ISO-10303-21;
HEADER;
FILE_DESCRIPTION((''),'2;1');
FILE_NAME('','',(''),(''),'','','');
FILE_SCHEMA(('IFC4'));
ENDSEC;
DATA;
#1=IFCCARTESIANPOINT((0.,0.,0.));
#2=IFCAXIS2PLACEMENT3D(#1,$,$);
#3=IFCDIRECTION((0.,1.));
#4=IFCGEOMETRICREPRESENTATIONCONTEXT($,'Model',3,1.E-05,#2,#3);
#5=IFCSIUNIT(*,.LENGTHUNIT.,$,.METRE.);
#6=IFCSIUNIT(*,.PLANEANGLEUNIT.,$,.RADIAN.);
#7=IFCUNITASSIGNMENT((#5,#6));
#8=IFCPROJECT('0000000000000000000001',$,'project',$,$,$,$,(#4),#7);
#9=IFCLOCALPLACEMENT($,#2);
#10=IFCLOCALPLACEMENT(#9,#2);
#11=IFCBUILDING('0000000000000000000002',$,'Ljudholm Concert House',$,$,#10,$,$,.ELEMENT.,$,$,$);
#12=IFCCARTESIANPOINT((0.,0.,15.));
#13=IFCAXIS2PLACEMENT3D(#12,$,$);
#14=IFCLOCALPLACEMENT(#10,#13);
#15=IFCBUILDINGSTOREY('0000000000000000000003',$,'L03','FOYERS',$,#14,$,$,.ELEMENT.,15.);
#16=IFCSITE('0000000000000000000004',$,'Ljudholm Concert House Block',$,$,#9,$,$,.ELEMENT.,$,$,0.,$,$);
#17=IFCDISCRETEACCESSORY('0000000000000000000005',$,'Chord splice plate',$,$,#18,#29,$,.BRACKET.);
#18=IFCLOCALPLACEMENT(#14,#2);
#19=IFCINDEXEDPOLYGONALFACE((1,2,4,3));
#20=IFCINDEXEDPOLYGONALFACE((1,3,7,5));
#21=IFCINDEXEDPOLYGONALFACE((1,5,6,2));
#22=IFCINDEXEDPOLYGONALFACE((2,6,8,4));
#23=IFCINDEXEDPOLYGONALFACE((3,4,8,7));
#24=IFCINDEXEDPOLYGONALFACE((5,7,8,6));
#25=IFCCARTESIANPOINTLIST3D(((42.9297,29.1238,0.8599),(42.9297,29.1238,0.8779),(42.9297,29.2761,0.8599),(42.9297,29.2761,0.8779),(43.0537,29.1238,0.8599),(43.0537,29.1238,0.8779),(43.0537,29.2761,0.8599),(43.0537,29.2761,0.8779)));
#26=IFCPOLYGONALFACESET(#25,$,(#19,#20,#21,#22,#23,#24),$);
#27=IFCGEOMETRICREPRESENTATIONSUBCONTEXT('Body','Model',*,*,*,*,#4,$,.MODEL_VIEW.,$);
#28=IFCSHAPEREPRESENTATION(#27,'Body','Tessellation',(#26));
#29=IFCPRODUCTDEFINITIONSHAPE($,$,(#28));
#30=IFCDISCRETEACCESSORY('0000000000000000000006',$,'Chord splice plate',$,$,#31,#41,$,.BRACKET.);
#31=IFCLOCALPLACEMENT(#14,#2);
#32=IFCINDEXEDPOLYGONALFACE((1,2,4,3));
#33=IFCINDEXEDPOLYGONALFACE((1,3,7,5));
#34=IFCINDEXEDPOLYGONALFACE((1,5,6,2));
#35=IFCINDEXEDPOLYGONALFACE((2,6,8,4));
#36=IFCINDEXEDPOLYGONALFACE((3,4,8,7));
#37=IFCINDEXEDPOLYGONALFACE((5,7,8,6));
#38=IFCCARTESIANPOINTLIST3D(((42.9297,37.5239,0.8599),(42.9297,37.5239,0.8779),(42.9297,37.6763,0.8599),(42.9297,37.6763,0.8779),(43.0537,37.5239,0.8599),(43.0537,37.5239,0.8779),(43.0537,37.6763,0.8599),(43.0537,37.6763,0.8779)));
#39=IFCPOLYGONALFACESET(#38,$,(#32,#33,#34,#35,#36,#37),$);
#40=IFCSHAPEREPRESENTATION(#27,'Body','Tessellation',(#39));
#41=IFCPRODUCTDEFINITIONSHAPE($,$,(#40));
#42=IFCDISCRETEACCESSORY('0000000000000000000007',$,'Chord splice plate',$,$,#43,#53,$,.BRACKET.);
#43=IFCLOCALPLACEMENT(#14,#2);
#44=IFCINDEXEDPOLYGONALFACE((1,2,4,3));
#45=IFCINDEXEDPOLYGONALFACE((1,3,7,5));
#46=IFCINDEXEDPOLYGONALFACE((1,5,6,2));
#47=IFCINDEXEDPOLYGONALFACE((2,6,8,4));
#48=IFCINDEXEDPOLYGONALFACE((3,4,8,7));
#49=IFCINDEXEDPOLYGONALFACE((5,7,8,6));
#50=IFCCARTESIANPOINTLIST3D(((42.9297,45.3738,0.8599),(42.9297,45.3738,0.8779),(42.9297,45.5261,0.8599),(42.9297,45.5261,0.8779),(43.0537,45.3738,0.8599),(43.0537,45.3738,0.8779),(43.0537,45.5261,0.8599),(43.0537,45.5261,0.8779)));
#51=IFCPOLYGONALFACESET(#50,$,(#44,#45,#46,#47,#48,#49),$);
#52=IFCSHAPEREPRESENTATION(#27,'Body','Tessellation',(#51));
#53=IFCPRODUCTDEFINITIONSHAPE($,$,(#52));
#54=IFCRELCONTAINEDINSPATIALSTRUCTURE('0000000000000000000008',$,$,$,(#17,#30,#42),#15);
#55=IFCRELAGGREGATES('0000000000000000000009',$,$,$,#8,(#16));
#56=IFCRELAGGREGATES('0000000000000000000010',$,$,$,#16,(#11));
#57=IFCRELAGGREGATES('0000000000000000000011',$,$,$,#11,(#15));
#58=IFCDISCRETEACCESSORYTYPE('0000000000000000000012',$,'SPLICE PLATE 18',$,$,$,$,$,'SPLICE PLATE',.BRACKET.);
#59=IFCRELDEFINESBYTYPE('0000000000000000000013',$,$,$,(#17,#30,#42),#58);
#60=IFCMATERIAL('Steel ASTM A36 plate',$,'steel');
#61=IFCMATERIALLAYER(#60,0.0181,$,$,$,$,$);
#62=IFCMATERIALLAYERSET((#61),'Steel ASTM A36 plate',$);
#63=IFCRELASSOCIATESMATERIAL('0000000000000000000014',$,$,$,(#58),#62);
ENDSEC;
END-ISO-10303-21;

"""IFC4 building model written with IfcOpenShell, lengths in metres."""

from ifc_helpers import new_model, si_unit, direction, frame, origin, origin_2d, place, context, subcontext, project, spatial, rectangle, extrude, material, layer, layer_set, type_object, element, save


model = new_model("IFC4")

# Units and contexts
model_context = context("Model", 3, precision=1e-05, world=origin(), true_north=direction((0.0, 1.0)))
body_context = subcontext(model_context, "Body", "Model", "MODEL_VIEW")
ifc_project = project(units=[si_unit("LENGTHUNIT", "METRE"), si_unit("PLANEANGLEUNIT", "RADIAN")], contexts=[model_context])

# Site, building, storey
site_placement = place(None, origin())
site = spatial("IfcSite", under=ifc_project, at=site_placement, Name="Ljudholm Concert House Block", CompositionType="ELEMENT", RefElevation=0.0)
building_placement = place(site_placement, origin())
building = spatial("IfcBuilding", under=site, at=building_placement, Name="Ljudholm Concert House", CompositionType="ELEMENT")
storey_placement = place(building_placement, frame((0.0, 0.0, 15.0)))
storey = spatial("IfcBuildingStorey", under=building, at=storey_placement, Name="L03", Description="FOYERS", CompositionType="ELEMENT", Elevation=15.0)

# Discrete accessories
ifc_material_1 = material(Name="Steel ASTM A36 plate", Category="steel")
ifc_layer_1 = layer(ifc_material_1, 0.0181)
ifc_layer_set_1 = layer_set([ifc_layer_1], Name="Steel ASTM A36 plate")
discrete_accessory_type_1 = type_object("IfcDiscreteAccessoryType", Name="SPLICE PLATE 18", ElementType="SPLICE PLATE", PredefinedType="BRACKET", material=ifc_layer_set_1)
for number, where, z_axis, x_axis, name in (
    (1, (42.9917, 29.2, 0.8599), (0.0, 0.0, 1.0), (1.0, 0.0, 0.0), "Chord splice plate"),
    (2, (42.9917, 37.6001, 0.8599), (0.0, 0.0, 1.0), (1.0, 0.0, 0.0), "Chord splice plate"),
    (3, (42.9917, 45.45, 0.8599), (0.0, 0.0, 1.0), (1.0, 0.0, 0.0), "Chord splice plate"),
):
    element("IfcDiscreteAccessory", number, at=place(storey_placement, frame(where, z_axis=z_axis, x_axis=x_axis)), inside=storey, type_object=discrete_accessory_type_1, Name=name, PredefinedType="BRACKET", context=body_context, shape_type="SweptSolid", body=[
        extrude(rectangle(XDim=0.124, YDim=0.1523, at=origin_2d()), origin(), (0.0, 0.0, 1.0), 0.0181),
    ])

save(model, "model.ifc")
